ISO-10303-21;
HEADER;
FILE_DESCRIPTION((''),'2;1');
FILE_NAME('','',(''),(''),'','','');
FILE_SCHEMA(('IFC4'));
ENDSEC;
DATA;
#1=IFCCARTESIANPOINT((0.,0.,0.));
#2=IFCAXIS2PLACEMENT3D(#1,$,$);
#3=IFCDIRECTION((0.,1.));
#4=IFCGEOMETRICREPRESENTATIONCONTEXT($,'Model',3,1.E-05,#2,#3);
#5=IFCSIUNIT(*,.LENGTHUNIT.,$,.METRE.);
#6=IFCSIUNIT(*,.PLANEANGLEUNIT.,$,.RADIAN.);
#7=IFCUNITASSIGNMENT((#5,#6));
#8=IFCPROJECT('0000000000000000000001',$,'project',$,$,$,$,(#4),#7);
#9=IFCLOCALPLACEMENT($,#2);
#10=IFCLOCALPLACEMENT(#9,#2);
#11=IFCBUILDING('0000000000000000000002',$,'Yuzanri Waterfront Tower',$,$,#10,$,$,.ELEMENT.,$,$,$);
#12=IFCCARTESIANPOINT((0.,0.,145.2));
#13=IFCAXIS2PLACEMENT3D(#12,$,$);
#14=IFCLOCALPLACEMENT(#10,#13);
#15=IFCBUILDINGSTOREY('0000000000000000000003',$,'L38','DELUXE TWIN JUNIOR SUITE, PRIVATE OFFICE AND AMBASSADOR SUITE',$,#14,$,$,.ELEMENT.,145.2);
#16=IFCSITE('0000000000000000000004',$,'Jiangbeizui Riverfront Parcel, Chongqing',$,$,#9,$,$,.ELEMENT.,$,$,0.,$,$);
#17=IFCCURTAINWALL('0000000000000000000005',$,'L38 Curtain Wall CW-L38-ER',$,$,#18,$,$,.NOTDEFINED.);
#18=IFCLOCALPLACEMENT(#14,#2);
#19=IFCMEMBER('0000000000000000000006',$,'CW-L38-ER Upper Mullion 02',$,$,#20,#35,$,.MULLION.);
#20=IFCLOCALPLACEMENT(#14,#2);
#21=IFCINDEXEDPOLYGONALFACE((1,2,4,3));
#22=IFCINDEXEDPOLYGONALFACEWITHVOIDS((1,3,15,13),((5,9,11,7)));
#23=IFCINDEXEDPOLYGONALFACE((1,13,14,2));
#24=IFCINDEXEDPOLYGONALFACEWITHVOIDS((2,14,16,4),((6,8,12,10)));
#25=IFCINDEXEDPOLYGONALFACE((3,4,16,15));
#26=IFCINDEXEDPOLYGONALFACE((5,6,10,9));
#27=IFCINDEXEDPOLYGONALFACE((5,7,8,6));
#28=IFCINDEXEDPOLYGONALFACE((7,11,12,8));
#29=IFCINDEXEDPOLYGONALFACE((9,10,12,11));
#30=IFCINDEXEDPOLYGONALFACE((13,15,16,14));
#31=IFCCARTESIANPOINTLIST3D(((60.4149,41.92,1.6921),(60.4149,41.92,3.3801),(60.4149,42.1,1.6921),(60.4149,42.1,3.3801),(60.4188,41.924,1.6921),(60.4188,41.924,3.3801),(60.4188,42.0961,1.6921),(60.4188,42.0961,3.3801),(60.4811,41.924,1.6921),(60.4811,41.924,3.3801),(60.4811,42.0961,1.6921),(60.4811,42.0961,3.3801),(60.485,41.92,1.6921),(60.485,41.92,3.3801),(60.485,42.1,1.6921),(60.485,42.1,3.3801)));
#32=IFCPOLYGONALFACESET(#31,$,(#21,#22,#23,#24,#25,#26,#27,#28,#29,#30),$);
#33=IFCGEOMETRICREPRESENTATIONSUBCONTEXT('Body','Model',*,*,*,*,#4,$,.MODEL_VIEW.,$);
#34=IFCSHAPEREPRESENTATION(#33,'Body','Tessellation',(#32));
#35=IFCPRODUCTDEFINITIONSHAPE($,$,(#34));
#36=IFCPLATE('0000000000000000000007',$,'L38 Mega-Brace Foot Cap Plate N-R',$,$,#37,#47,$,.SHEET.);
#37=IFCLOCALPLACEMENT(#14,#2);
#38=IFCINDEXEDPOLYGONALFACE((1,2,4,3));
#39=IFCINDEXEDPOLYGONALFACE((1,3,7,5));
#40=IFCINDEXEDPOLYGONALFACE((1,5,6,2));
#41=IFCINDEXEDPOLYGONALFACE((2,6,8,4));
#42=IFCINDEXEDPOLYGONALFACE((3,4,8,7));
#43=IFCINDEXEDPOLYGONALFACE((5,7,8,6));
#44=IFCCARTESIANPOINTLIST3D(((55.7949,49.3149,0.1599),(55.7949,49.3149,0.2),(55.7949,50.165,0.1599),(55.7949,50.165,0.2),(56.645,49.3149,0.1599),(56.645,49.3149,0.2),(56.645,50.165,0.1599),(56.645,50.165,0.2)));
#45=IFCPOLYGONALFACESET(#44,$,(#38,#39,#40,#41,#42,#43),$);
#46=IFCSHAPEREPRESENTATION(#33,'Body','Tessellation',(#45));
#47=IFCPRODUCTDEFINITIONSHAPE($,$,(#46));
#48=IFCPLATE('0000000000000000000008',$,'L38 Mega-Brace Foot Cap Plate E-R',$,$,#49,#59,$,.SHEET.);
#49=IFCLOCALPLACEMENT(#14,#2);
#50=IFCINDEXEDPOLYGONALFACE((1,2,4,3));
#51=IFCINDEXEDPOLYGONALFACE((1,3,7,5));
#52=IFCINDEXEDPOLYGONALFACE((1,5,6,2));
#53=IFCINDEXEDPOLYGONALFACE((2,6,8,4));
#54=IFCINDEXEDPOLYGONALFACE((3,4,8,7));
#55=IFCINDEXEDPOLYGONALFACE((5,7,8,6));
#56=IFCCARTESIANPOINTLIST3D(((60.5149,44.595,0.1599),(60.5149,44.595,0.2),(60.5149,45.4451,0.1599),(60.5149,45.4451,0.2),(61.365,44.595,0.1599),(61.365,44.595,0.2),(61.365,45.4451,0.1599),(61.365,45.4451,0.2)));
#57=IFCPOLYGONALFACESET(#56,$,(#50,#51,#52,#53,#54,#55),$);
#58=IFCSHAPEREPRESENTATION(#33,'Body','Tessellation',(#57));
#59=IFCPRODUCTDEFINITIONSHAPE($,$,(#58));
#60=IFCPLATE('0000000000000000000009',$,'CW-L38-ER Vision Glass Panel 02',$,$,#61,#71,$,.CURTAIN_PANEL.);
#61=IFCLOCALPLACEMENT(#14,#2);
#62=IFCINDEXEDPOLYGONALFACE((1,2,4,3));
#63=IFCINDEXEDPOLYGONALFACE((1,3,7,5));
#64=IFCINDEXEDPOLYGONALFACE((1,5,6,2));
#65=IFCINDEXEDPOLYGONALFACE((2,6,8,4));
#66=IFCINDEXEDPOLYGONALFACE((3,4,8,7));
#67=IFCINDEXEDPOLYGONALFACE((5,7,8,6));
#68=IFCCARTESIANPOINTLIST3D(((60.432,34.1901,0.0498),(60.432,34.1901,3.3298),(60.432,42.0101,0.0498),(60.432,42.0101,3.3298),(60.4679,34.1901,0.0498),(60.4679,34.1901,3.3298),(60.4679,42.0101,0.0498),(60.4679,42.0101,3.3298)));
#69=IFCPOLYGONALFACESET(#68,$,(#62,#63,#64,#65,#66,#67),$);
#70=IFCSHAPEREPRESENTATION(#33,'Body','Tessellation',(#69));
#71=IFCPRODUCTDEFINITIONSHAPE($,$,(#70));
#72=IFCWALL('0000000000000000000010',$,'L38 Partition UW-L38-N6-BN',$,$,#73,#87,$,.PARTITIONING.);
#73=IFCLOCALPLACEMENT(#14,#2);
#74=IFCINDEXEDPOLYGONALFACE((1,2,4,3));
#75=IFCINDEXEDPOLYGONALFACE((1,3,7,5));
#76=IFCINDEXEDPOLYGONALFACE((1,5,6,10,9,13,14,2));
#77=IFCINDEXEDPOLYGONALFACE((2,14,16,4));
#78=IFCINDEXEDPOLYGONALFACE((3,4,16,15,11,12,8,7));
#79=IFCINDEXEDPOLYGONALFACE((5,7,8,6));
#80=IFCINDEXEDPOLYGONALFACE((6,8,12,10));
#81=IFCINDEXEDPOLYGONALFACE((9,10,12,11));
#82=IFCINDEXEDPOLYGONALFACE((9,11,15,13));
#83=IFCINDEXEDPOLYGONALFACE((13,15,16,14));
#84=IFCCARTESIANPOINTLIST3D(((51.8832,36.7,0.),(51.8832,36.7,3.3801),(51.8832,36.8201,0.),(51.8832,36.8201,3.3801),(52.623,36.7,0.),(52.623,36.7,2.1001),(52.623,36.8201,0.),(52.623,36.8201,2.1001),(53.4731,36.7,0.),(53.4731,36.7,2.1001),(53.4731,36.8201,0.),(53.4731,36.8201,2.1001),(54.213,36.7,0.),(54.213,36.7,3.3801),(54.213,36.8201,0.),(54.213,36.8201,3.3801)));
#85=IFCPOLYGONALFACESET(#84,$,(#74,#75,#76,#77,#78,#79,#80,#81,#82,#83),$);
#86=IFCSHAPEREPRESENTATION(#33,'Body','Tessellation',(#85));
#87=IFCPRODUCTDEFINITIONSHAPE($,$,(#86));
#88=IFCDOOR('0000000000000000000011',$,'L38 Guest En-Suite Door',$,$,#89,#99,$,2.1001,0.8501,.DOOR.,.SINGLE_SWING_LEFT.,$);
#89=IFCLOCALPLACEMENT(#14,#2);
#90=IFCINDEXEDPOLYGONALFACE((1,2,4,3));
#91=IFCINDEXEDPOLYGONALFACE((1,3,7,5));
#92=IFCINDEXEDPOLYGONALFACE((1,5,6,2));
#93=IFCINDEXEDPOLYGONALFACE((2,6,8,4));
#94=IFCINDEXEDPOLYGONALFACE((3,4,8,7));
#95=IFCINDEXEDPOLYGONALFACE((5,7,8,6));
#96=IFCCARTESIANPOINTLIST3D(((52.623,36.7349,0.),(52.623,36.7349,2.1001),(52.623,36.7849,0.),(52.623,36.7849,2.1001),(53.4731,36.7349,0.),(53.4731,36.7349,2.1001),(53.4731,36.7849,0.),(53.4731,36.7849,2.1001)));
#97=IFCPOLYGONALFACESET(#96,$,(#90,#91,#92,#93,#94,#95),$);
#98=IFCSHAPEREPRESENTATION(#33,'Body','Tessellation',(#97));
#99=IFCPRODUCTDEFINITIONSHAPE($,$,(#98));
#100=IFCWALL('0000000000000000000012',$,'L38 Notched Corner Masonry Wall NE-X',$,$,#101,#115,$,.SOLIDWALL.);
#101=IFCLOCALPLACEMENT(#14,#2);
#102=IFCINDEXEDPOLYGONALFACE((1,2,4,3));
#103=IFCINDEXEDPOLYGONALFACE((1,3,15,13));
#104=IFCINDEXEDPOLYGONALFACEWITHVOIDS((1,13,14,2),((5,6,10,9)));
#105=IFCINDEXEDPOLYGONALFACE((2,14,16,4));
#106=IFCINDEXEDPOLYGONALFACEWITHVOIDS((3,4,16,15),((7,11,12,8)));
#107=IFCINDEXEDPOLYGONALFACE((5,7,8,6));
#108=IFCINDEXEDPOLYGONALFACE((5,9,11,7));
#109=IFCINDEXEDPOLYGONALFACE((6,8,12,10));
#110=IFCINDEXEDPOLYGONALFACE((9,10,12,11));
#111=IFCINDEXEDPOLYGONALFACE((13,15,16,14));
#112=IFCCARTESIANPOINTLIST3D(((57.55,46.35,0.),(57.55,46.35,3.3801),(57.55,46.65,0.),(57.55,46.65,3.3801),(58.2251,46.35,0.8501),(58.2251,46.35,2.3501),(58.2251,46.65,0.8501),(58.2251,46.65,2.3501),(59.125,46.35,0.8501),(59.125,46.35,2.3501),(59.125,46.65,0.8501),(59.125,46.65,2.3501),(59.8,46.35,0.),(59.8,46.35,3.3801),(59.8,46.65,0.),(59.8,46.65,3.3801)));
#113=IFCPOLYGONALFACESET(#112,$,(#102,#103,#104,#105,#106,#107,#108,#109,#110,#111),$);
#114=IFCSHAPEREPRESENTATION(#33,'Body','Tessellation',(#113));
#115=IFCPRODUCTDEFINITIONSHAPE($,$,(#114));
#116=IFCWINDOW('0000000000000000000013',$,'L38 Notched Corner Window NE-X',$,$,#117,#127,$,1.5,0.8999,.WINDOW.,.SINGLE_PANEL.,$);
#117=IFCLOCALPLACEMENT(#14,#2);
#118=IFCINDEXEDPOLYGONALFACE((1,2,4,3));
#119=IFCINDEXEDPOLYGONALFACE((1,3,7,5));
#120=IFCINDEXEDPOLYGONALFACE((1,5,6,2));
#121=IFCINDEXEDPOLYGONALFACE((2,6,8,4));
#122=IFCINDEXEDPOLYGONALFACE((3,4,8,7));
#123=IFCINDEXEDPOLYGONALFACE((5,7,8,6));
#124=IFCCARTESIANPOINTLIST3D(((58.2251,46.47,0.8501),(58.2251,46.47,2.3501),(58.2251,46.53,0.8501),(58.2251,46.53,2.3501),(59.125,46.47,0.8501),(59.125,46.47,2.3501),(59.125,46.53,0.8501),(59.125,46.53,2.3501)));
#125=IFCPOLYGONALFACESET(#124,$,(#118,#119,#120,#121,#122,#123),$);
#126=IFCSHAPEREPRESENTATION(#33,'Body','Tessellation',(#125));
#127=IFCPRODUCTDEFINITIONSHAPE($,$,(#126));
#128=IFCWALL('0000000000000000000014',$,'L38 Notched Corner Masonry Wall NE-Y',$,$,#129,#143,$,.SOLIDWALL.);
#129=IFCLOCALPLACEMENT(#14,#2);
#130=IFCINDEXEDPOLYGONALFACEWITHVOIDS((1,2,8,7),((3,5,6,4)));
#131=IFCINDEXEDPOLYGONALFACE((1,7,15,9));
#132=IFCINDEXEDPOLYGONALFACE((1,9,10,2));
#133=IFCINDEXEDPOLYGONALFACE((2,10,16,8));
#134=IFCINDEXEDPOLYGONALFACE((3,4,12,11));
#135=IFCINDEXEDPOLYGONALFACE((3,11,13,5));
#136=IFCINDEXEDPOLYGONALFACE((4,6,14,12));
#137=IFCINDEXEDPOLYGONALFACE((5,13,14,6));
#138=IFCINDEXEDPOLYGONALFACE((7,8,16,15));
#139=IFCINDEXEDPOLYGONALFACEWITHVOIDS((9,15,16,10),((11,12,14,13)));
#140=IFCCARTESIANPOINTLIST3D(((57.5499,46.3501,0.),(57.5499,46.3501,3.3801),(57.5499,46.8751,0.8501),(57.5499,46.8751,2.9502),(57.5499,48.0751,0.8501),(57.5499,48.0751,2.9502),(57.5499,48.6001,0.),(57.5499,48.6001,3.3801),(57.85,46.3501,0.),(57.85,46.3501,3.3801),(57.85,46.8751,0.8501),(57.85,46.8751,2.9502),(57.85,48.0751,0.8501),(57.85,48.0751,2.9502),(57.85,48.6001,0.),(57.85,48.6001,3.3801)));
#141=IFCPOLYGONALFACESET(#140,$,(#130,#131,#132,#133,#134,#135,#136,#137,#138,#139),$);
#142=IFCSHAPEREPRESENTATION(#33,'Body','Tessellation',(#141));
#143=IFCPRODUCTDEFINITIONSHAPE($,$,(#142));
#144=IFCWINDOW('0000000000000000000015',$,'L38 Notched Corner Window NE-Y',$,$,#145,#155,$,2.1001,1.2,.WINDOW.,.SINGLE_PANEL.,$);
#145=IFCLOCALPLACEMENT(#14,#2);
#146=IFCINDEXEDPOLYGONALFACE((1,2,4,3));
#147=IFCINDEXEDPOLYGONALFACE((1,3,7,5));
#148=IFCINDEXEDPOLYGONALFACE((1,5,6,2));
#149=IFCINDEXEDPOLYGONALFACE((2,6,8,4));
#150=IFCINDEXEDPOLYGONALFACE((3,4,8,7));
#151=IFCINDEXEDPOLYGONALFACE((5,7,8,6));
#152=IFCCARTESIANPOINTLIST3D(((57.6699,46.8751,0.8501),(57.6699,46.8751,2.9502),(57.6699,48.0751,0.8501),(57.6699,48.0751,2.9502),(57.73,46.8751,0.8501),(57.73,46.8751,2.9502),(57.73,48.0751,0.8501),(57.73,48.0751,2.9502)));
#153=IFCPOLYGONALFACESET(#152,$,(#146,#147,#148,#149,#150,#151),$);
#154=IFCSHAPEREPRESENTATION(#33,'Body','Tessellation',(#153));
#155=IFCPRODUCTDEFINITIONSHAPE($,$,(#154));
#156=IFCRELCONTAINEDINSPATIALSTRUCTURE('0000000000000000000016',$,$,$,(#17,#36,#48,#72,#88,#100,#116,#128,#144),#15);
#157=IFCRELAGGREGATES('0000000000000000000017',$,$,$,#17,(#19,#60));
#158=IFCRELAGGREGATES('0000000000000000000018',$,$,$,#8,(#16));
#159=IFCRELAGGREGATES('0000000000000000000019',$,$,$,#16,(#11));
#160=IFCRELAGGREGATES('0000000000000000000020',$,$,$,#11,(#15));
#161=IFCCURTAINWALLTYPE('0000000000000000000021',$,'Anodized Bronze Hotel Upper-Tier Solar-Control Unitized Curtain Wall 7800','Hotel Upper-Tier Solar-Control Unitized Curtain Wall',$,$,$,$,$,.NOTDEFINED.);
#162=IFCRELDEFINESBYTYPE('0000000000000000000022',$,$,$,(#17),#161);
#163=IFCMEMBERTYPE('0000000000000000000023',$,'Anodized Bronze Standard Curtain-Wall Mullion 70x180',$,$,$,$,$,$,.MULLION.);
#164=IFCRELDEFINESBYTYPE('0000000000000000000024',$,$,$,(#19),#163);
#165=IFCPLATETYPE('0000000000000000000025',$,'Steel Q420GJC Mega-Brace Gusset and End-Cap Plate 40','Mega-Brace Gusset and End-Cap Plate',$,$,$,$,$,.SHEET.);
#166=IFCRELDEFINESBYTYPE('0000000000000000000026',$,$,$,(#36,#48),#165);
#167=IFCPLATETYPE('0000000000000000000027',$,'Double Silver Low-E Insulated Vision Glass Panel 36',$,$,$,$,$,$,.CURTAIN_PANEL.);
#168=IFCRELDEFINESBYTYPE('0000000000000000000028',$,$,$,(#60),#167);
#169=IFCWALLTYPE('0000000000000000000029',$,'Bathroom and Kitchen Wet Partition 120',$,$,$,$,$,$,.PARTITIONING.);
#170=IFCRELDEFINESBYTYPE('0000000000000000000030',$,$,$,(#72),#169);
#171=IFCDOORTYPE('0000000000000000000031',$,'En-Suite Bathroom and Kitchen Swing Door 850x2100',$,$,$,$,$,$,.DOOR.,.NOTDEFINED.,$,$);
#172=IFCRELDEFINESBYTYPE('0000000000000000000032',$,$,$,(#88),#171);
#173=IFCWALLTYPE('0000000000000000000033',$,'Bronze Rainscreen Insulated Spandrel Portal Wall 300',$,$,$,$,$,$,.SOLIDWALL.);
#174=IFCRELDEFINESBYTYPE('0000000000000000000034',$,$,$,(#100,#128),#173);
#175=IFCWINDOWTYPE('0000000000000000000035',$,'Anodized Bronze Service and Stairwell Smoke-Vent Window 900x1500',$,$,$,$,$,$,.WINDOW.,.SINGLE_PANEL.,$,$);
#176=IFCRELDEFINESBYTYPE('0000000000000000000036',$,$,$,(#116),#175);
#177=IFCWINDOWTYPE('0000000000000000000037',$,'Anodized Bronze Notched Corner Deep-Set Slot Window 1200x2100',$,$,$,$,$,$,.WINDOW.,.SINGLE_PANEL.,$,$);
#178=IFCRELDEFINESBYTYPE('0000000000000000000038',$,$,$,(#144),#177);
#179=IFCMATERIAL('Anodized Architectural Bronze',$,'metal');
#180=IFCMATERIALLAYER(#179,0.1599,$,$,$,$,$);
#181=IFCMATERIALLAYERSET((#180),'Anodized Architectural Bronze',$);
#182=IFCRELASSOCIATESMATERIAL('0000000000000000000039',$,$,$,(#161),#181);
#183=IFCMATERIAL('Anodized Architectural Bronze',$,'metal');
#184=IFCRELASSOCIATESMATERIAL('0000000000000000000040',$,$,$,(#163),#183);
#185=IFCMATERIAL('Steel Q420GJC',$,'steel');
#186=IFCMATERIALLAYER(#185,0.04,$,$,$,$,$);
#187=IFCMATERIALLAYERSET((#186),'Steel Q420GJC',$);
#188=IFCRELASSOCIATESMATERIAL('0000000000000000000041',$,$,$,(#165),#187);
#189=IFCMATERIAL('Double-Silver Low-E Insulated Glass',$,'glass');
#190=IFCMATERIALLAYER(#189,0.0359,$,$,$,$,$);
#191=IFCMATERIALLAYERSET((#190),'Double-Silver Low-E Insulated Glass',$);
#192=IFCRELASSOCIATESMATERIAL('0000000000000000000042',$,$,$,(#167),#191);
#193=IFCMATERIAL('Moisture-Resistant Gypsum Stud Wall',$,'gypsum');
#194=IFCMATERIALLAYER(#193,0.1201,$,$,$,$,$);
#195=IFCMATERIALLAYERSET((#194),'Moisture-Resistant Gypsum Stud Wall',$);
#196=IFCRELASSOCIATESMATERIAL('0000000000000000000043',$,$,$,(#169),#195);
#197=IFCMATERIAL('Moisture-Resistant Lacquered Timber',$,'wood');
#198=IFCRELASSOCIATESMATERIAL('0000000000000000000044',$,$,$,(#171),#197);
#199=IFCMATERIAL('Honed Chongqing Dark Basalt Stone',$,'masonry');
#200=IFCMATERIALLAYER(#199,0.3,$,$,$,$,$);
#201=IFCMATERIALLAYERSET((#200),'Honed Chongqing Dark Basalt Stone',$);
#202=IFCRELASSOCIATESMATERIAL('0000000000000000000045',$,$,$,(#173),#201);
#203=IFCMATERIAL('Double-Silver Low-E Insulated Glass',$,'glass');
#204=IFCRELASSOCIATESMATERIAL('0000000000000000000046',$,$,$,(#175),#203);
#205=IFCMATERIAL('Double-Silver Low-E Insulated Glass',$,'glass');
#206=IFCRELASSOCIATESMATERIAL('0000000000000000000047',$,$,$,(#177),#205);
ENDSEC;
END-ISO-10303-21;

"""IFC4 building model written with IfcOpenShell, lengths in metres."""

from ifc_helpers import new_model, si_unit, direction, frame, frame_2d, origin, origin_2d, place, context, subcontext, project, spatial, rectangle, hollow_rectangle, extrude, source, transform, mapped, material, layer, layer_set, material_profile, profile_set, type_object, element, fill, aggregate, save


model = new_model("IFC4")

# Units and contexts
model_context = context("Model", 3, precision=1e-05, world=origin(), true_north=direction((0.0, 1.0)))
body_context = subcontext(model_context, "Body", "Model", "MODEL_VIEW")
ifc_project = project(units=[si_unit("LENGTHUNIT", "METRE"), si_unit("PLANEANGLEUNIT", "RADIAN")], contexts=[model_context])

# Site, building, storey
site_placement = place(None, origin())
site = spatial("IfcSite", under=ifc_project, at=site_placement, Name="Jiangbeizui Riverfront Parcel, Chongqing", CompositionType="ELEMENT", RefElevation=0.0)
building_placement = place(site_placement, origin())
building = spatial("IfcBuilding", under=site, at=building_placement, Name="Yuzanri Waterfront Tower", CompositionType="ELEMENT")
storey_placement = place(building_placement, frame((0.0, 0.0, 145.2)))
storey = spatial("IfcBuildingStorey", under=building, at=storey_placement, Name="L38", Description="DELUXE TWIN JUNIOR SUITE, PRIVATE OFFICE AND AMBASSADOR SUITE", CompositionType="ELEMENT", Elevation=145.2)

# Curtain wall, member
ifc_material_1 = material(Name="Anodized Architectural Bronze", Category="metal")
ifc_layer_1 = layer(ifc_material_1, 0.1599)
ifc_layer_set_1 = layer_set([ifc_layer_1], Name="Anodized Architectural Bronze")
curtain_wall_type = type_object("IfcCurtainWallType", Name="Anodized Bronze Hotel Upper-Tier Solar-Control Unitized Curtain Wall 7800", Description="Hotel Upper-Tier Solar-Control Unitized Curtain Wall", PredefinedType="NOTDEFINED", material=ifc_layer_set_1)
ifc_material_2 = material(Name="Anodized Architectural Bronze", Category="metal")
ifc_material_profile_1 = material_profile(ifc_material_2, hollow_rectangle(XDim=0.0701, YDim=0.1799, WallThickness=0.0039, at=origin_2d()), Name="CWM 70x180")
ifc_profile_set_1 = profile_set([ifc_material_profile_1], Name="Anodized Architectural Bronze")
member_type_1 = type_object("IfcMemberType", Name="Anodized Bronze Standard Curtain-Wall Mullion 70x180", PredefinedType="MULLION", material=ifc_profile_set_1)
shared_shape_1 = source(origin(), body_context, "Body", "SweptSolid", [
    extrude(hollow_rectangle(XDim=0.0701, YDim=0.1799, WallThickness=0.0039, at=origin_2d()), origin(), (0.0, 0.0, 1.0), 1.688),
])
curtain_wall_1_placement = place(storey_placement, origin())
curtain_wall_1 = element("IfcCurtainWall", 1, at=curtain_wall_1_placement, inside=storey, type_object=curtain_wall_type, Name="L38 Curtain Wall CW-L38-ER", PredefinedType="NOTDEFINED")
member_1_placement = place(storey_placement, frame((60.45, 42.01, 1.6921), z_axis=(0.0, 0.0, 1.0), x_axis=(1.0, 0.0, 0.0)))
member_1 = element("IfcMember", 2, at=member_1_placement, type_object=member_type_1, Name="CW-L38-ER Upper Mullion 02", PredefinedType="MULLION", context=body_context, shape_type="MappedRepresentation", body=[
    mapped(shared_shape_1, transform((0.0, 0.0, 0.0), scale=1.0)),
])

# Plates
ifc_material_3 = material(Name="Steel Q420GJC", Category="steel")
ifc_layer_2 = layer(ifc_material_3, 0.04)
ifc_layer_set_2 = layer_set([ifc_layer_2], Name="Steel Q420GJC")
plate_type_1 = type_object("IfcPlateType", Name="Steel Q420GJC Mega-Brace Gusset and End-Cap Plate 40", Description="Mega-Brace Gusset and End-Cap Plate", PredefinedType="SHEET", material=ifc_layer_set_2)
shared_shape_2 = source(origin(), body_context, "Body", "SweptSolid", [
    extrude(rectangle(XDim=0.8501, YDim=0.8501, at=origin_2d()), origin(), (0.0, 0.0, 1.0), 0.04),
])
for number, where, z_axis, x_axis, name in (
    (3, (56.22, 49.74, 0.1599), (0.0, 0.0, 1.0), (1.0, 0.0, 0.0), "L38 Mega-Brace Foot Cap Plate N-R"),
    (4, (60.9399, 45.02, 0.1599), (0.0, 0.0, 1.0), (1.0, 0.0, 0.0), "L38 Mega-Brace Foot Cap Plate E-R"),
):
    element("IfcPlate", number, at=place(storey_placement, frame(where, z_axis=z_axis, x_axis=x_axis)), inside=storey, type_object=plate_type_1, Name=name, PredefinedType="SHEET", context=body_context, shape_type="MappedRepresentation", body=[
        mapped(shared_shape_2, transform((0.0, 0.0, 0.0), scale=1.0)),
    ])

# Plate
ifc_material_4 = material(Name="Double-Silver Low-E Insulated Glass", Category="glass")
ifc_layer_3 = layer(ifc_material_4, 0.0359)
ifc_layer_set_3 = layer_set([ifc_layer_3], Name="Double-Silver Low-E Insulated Glass")
plate_type_2 = type_object("IfcPlateType", Name="Double Silver Low-E Insulated Vision Glass Panel 36", PredefinedType="CURTAIN_PANEL", material=ifc_layer_set_3)
shared_shape_3 = source(origin(), body_context, "Body", "SweptSolid", [
    extrude(rectangle(XDim=7.8201, YDim=0.0359, at=origin_2d()), origin(), (0.0, 0.0, 1.0), 3.28),
])
plate_placement = place(storey_placement, frame((60.45, 38.1001, 0.0498), z_axis=(0.0, 0.0, 1.0), x_axis=(0.0, 1.0, 0.0)))
plate = element("IfcPlate", 5, at=plate_placement, type_object=plate_type_2, Name="CW-L38-ER Vision Glass Panel 02", PredefinedType="CURTAIN_PANEL", context=body_context, shape_type="MappedRepresentation", body=[
    mapped(shared_shape_3, transform((0.0, 0.0, 0.0), scale=1.0)),
])
aggregate(curtain_wall_1, [member_1, plate])

# Wall, opening, door
ifc_material_5 = material(Name="Moisture-Resistant Gypsum Stud Wall", Category="gypsum")
ifc_layer_4 = layer(ifc_material_5, 0.1201)
ifc_layer_set_4 = layer_set([ifc_layer_4], Name="Moisture-Resistant Gypsum Stud Wall")
wall_type_1 = type_object("IfcWallType", Name="Bathroom and Kitchen Wet Partition 120", PredefinedType="PARTITIONING", material=ifc_layer_set_4)
wall_1_placement = place(storey_placement, frame((51.8831, 36.76, 0.0), z_axis=(0.0, 0.0, 1.0), x_axis=(1.0, 0.0, 0.0)))
wall_1 = element("IfcWall", 6, at=wall_1_placement, inside=storey, type_object=wall_type_1, Name="L38 Partition UW-L38-N6-BN", PredefinedType="PARTITIONING", context=body_context, shape_type="SweptSolid", body=[
    extrude(rectangle(XDim=2.3298, YDim=0.1201, at=frame_2d((1.165, 0.0))), origin(), (0.0, 0.0, 1.0), 3.3801),
])
opening_1_placement = place(wall_1_placement, frame((0.74, 0.0, 0.0)))
opening_1 = element("IfcOpeningElement", 7, at=opening_1_placement, cuts=wall_1, PredefinedType="OPENING", context=body_context, shape_type="SweptSolid", body=[
    extrude(rectangle(XDim=0.8501, YDim=2.1001, at=frame_2d((0.425, 1.05))), frame((0.0, 0.075, 0.0), z_axis=(0.0, -1.0, 0.0), x_axis=(1.0, 0.0, 0.0)), (0.0, 0.0, 1.0), 0.1499),
])
ifc_material_6 = material(Name="Moisture-Resistant Lacquered Timber", Category="wood")
door_type_1 = type_object("IfcDoorType", Name="En-Suite Bathroom and Kitchen Swing Door 850x2100", OperationType="NOTDEFINED", PredefinedType="DOOR", material=ifc_material_6)
shared_shape_4 = source(origin(), body_context, "Body", "SweptSolid", [
    extrude(rectangle(XDim=0.8501, YDim=2.1001, at=frame_2d((0.425, 1.05))), frame((0.0, 0.0249, 0.0), z_axis=(0.0, -1.0, 0.0), x_axis=(1.0, 0.0, 0.0)), (0.0, 0.0, 1.0), 0.05),
])
door_1_placement = place(opening_1_placement, origin())
door_1 = element("IfcDoor", 8, at=door_1_placement, inside=storey, type_object=door_type_1, Name="L38 Guest En-Suite Door", OperationType="SINGLE_SWING_LEFT", OverallHeight=2.1001, OverallWidth=0.8501, PredefinedType="DOOR", context=body_context, shape_type="MappedRepresentation", body=[
    mapped(shared_shape_4, transform((0.0, 0.0, 0.0), scale=1.0)),
])
fill(opening_1, door_1)

# Walls, openings, windows
ifc_material_7 = material(Name="Honed Chongqing Dark Basalt Stone", Category="masonry")
ifc_layer_5 = layer(ifc_material_7, 0.3)
ifc_layer_set_5 = layer_set([ifc_layer_5], Name="Honed Chongqing Dark Basalt Stone")
wall_type_2 = type_object("IfcWallType", Name="Bronze Rainscreen Insulated Spandrel Portal Wall 300", PredefinedType="SOLIDWALL", material=ifc_layer_set_5)
wall_2_placement = place(storey_placement, frame((59.8, 46.5, 0.0), z_axis=(0.0, 0.0, 1.0), x_axis=(-1.0, 0.0, 0.0)))
wall_2 = element("IfcWall", 9, at=wall_2_placement, inside=storey, type_object=wall_type_2, Name="L38 Notched Corner Masonry Wall NE-X", PredefinedType="SOLIDWALL", context=body_context, shape_type="SweptSolid", body=[
    extrude(rectangle(XDim=2.25, YDim=0.3, at=frame_2d((1.125, 0.0))), origin(), (0.0, 0.0, 1.0), 3.3801),
])
opening_2_placement = place(wall_2_placement, frame((0.675, 0.0, 0.8501)))
opening_2 = element("IfcOpeningElement", 10, at=opening_2_placement, cuts=wall_2, PredefinedType="OPENING", context=body_context, shape_type="SweptSolid", body=[
    extrude(rectangle(XDim=0.8999, YDim=1.5, at=frame_2d((0.45, 0.75))), frame((0.0, 0.165, 0.0), z_axis=(0.0, -1.0, 0.0), x_axis=(1.0, 0.0, 0.0)), (0.0, 0.0, 1.0), 0.3298),
])
ifc_material_8 = material(Name="Double-Silver Low-E Insulated Glass", Category="glass")
window_type_1 = type_object("IfcWindowType", Name="Anodized Bronze Service and Stairwell Smoke-Vent Window 900x1500", PartitioningType="SINGLE_PANEL", PredefinedType="WINDOW", material=ifc_material_8)
shared_shape_5 = source(origin(), body_context, "Body", "SweptSolid", [
    extrude(rectangle(XDim=0.8999, YDim=1.5, at=frame_2d((0.45, 0.75))), frame((0.0, 0.03, 0.0), z_axis=(0.0, -1.0, 0.0), x_axis=(1.0, 0.0, 0.0)), (0.0, 0.0, 1.0), 0.0601),
])
window_1_placement = place(opening_2_placement, origin())
window_1 = element("IfcWindow", 11, at=window_1_placement, inside=storey, type_object=window_type_1, Name="L38 Notched Corner Window NE-X", OverallHeight=1.5, OverallWidth=0.8999, PartitioningType="SINGLE_PANEL", PredefinedType="WINDOW", context=body_context, shape_type="MappedRepresentation", body=[
    mapped(shared_shape_5, transform((0.0, 0.0, 0.0), scale=1.0)),
])
fill(opening_2, window_1)
wall_3_placement = place(storey_placement, frame((57.7, 46.3501, 0.0), z_axis=(0.0, 0.0, 1.0), x_axis=(0.0, 1.0, 0.0)))
wall_3 = element("IfcWall", 12, at=wall_3_placement, inside=storey, type_object=wall_type_2, Name="L38 Notched Corner Masonry Wall NE-Y", PredefinedType="SOLIDWALL", context=body_context, shape_type="SweptSolid", body=[
    extrude(rectangle(XDim=2.25, YDim=0.3, at=frame_2d((1.125, 0.0))), origin(), (0.0, 0.0, 1.0), 3.3801),
])
opening_3_placement = place(wall_3_placement, frame((0.5249, 0.0, 0.8501)))
opening_3 = element("IfcOpeningElement", 13, at=opening_3_placement, cuts=wall_3, PredefinedType="OPENING", context=body_context, shape_type="SweptSolid", body=[
    extrude(rectangle(XDim=1.2, YDim=2.1001, at=frame_2d((0.6001, 1.05))), frame((0.0, 0.165, 0.0), z_axis=(0.0, -1.0, 0.0), x_axis=(1.0, 0.0, 0.0)), (0.0, 0.0, 1.0), 0.3298),
])
ifc_material_9 = material(Name="Double-Silver Low-E Insulated Glass", Category="glass")
window_type_2 = type_object("IfcWindowType", Name="Anodized Bronze Notched Corner Deep-Set Slot Window 1200x2100", PartitioningType="SINGLE_PANEL", PredefinedType="WINDOW", material=ifc_material_9)
shared_shape_6 = source(origin(), body_context, "Body", "SweptSolid", [
    extrude(rectangle(XDim=1.2, YDim=2.1001, at=frame_2d((0.6001, 1.05))), frame((0.0, 0.03, 0.0), z_axis=(0.0, -1.0, 0.0), x_axis=(1.0, 0.0, 0.0)), (0.0, 0.0, 1.0), 0.0601),
])
window_2_placement = place(opening_3_placement, origin())
window_2 = element("IfcWindow", 14, at=window_2_placement, inside=storey, type_object=window_type_2, Name="L38 Notched Corner Window NE-Y", OverallHeight=2.1001, OverallWidth=1.2, PartitioningType="SINGLE_PANEL", PredefinedType="WINDOW", context=body_context, shape_type="MappedRepresentation", body=[
    mapped(shared_shape_6, transform((0.0, 0.0, 0.0), scale=1.0)),
])
fill(opening_3, window_2)

save(model, "model.ifc")
